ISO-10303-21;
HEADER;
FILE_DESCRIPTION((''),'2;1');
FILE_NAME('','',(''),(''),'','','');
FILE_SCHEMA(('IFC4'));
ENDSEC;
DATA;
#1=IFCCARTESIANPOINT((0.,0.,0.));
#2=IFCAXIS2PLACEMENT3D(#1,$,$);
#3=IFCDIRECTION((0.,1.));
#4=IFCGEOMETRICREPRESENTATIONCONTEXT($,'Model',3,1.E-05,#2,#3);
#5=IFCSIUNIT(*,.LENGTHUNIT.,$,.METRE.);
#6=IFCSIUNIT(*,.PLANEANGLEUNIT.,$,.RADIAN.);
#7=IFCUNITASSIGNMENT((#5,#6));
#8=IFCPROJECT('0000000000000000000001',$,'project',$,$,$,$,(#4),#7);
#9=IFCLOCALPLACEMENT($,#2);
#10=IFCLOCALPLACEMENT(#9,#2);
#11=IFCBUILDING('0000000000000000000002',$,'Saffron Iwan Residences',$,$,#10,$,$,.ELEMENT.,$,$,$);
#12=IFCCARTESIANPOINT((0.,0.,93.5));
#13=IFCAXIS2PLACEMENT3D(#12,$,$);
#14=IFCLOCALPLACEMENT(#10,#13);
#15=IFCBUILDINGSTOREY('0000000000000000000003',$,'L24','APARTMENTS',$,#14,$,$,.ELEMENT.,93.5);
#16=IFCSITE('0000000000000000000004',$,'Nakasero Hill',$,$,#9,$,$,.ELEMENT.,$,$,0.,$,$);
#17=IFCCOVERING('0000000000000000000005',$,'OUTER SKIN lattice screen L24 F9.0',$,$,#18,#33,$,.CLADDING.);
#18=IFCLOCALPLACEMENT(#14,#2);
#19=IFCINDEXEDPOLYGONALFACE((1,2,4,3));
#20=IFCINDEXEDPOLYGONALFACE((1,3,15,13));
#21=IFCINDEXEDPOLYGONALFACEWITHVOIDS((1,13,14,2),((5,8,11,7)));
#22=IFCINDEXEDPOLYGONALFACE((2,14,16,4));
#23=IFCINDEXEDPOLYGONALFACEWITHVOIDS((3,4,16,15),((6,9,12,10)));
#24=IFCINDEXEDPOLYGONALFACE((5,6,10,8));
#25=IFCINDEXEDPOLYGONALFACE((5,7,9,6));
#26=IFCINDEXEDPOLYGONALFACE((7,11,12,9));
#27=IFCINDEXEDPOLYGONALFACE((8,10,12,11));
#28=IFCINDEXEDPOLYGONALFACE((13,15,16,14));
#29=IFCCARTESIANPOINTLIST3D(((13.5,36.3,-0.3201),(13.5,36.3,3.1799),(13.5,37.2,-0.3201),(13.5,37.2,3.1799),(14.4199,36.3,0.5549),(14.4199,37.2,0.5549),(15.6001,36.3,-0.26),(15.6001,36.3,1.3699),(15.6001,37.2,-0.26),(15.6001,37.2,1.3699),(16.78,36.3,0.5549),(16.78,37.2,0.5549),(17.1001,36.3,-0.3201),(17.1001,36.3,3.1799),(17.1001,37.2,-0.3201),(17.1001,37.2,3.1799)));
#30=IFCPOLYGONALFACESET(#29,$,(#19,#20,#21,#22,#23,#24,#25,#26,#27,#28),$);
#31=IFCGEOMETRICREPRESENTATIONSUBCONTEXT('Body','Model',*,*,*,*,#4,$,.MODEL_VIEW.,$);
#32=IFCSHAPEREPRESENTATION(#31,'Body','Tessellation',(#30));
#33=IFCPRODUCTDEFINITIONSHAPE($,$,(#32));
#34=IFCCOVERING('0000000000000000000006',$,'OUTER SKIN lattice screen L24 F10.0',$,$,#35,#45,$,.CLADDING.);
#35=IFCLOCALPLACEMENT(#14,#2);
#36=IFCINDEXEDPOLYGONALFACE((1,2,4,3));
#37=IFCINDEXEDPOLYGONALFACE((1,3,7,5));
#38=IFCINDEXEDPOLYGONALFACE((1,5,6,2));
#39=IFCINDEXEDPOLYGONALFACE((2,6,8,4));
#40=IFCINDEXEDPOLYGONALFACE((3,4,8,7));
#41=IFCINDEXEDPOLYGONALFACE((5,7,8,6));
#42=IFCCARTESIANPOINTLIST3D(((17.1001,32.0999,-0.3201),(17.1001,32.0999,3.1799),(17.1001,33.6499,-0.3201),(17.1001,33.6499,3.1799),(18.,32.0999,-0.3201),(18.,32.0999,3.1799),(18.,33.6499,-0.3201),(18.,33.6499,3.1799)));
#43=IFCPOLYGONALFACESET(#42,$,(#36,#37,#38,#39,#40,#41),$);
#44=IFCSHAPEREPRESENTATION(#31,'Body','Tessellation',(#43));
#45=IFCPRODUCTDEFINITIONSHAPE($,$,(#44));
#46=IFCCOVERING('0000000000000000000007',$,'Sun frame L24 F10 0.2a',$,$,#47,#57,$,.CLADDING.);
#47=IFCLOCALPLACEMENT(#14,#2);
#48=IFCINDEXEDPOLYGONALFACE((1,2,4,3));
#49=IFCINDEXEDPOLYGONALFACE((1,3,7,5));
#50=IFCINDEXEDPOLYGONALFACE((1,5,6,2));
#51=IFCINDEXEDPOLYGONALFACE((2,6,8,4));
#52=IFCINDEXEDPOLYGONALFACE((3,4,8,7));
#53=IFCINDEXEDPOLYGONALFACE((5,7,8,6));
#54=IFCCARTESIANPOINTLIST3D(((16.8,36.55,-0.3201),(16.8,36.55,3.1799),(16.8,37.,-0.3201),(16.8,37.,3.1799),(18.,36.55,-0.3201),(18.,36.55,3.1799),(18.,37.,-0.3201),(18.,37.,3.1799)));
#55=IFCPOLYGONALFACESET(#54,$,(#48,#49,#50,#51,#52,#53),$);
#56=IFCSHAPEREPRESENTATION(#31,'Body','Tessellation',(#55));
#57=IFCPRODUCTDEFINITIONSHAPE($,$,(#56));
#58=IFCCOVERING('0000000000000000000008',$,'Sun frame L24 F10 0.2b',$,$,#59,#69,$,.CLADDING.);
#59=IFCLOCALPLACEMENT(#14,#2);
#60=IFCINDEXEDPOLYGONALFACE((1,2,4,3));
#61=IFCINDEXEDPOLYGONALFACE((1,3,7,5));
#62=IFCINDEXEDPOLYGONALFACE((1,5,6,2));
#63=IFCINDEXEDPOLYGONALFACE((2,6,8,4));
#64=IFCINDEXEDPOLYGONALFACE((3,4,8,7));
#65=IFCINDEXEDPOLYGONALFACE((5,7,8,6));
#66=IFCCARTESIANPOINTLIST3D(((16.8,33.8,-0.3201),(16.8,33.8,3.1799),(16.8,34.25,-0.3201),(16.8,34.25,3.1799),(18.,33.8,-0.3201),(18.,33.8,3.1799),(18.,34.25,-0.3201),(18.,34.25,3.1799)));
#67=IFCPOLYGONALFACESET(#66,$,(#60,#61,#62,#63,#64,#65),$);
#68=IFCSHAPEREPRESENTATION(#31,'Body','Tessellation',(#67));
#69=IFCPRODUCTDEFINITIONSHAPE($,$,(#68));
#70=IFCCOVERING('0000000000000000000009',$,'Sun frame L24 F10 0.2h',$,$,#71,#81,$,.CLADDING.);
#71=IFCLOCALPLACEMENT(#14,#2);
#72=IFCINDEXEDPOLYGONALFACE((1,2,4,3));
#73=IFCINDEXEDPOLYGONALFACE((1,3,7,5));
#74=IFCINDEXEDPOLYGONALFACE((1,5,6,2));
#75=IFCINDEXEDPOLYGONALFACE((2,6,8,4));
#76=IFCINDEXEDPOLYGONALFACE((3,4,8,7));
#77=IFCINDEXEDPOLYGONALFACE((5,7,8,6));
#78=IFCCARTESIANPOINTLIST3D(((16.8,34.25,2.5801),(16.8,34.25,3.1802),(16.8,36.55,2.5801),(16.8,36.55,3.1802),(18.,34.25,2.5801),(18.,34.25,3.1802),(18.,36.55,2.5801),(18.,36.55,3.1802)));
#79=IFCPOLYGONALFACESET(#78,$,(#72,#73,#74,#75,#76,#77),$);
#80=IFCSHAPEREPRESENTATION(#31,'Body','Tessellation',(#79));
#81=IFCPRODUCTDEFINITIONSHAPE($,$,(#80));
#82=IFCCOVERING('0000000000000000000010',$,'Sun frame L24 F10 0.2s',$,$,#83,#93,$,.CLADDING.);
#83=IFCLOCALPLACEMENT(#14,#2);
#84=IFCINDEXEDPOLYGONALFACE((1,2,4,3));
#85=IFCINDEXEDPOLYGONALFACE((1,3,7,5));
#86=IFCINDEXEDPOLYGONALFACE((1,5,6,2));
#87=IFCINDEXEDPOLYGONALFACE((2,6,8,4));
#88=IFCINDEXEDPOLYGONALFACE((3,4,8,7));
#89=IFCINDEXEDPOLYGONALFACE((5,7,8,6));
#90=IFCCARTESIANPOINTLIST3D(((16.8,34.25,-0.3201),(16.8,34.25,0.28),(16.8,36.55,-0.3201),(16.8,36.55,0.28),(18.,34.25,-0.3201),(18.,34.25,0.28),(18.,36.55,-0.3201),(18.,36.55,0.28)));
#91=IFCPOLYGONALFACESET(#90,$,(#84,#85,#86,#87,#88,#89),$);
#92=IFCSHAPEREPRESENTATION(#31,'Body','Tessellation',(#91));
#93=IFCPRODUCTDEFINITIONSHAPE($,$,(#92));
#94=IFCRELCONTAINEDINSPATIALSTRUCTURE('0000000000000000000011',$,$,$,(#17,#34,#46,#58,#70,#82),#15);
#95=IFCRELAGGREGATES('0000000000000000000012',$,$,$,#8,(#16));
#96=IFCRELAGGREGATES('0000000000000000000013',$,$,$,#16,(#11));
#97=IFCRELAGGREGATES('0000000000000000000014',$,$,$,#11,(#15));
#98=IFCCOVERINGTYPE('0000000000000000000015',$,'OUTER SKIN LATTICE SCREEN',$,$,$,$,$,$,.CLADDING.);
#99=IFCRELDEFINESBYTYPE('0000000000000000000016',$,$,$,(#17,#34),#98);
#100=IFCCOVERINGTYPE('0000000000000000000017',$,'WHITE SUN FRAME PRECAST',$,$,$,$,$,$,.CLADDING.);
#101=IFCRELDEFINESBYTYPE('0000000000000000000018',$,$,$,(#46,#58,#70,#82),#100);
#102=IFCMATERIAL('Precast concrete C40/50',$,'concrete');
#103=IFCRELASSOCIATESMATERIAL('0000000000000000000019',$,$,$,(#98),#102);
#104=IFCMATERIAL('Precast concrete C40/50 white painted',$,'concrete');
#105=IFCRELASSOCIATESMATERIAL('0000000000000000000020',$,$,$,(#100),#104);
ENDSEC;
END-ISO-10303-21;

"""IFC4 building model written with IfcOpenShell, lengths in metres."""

from ifc_helpers import new_model, si_unit, direction, frame, origin, place, context, subcontext, project, spatial, polyline, outline, extrude, material, type_object, element, save


model = new_model("IFC4")

# Units and contexts
model_context = context("Model", 3, precision=1e-05, world=origin(), true_north=direction((0.0, 1.0)))
body_context = subcontext(model_context, "Body", "Model", "MODEL_VIEW")
ifc_project = project(units=[si_unit("LENGTHUNIT", "METRE"), si_unit("PLANEANGLEUNIT", "RADIAN")], contexts=[model_context])

# Site, building, storey
site_placement = place(None, origin())
site = spatial("IfcSite", under=ifc_project, at=site_placement, Name="Nakasero Hill", CompositionType="ELEMENT", RefElevation=0.0)
building_placement = place(site_placement, origin())
building = spatial("IfcBuilding", under=site, at=building_placement, Name="Saffron Iwan Residences", CompositionType="ELEMENT")
storey_placement = place(building_placement, frame((0.0, 0.0, 93.5)))
storey = spatial("IfcBuildingStorey", under=building, at=storey_placement, Name="L24", Description="APARTMENTS", CompositionType="ELEMENT", Elevation=93.5)

# Coverings
ifc_material_1 = material(Name="Precast concrete C40/50", Category="concrete")
covering_type_1 = type_object("IfcCoveringType", Name="OUTER SKIN LATTICE SCREEN", PredefinedType="CLADDING", material=ifc_material_1)
covering_1_placement = place(storey_placement, frame((13.5, 37.2, -0.3201), z_axis=(0.0, -1.0, 0.0), x_axis=(1.0, 0.0, 0.0)))
element("IfcCovering", 1, at=covering_1_placement, inside=storey, type_object=covering_type_1, Name="OUTER SKIN lattice screen L24 F9.0", PredefinedType="CLADDING", context=body_context, shape_type="SweptSolid", body=[
    extrude(outline(polyline([(0.0, 0.0), (3.6001, 0.0), (3.6001, 3.5), (0.0, 3.5), (0.0, 0.0)]), holes=[polyline([(0.9199, 0.875), (2.1001, 0.0601), (3.28, 0.875), (2.1001, 1.6899), (0.9199, 0.875)])]), origin(), (0.0, 0.0, 1.0), 0.8999),
])
covering_2_placement = place(storey_placement, frame((18.0, 33.6499, -0.3201), z_axis=(-1.0, 0.0, 0.0), x_axis=(0.0, -1.0, 0.0)))
element("IfcCovering", 2, at=covering_2_placement, inside=storey, type_object=covering_type_1, Name="OUTER SKIN lattice screen L24 F10.0", PredefinedType="CLADDING", context=body_context, shape_type="SweptSolid", body=[
    extrude(outline(polyline([(0.0, 0.0), (1.55, 0.0), (1.55, 3.5), (0.0, 3.5), (0.0, 0.0)])), origin(), (0.0, 0.0, 1.0), 0.8999),
])
ifc_material_2 = material(Name="Precast concrete C40/50 white painted", Category="concrete")
covering_type_2 = type_object("IfcCoveringType", Name="WHITE SUN FRAME PRECAST", PredefinedType="CLADDING", material=ifc_material_2)
for number, where, z_axis, x_axis, name in (
    (3, (18.0, 37.0, -0.3201), (-1.0, 0.0, 0.0), (0.0, -1.0, 0.0), "Sun frame L24 F10 0.2a"),
    (4, (18.0, 34.25, -0.3201), (-1.0, 0.0, 0.0), (0.0, -1.0, 0.0), "Sun frame L24 F10 0.2b"),
):
    element("IfcCovering", number, at=place(storey_placement, frame(where, z_axis=z_axis, x_axis=x_axis)), inside=storey, type_object=covering_type_2, Name=name, PredefinedType="CLADDING", context=body_context, shape_type="SweptSolid", body=[
        extrude(outline(polyline([(0.0, 0.0), (0.45, 0.0), (0.45, 3.5), (0.0, 3.5), (0.0, 0.0)])), origin(), (0.0, 0.0, 1.0), 1.2),
    ])
for number, where, z_axis, x_axis, name in (
    (5, (18.0, 36.55, 2.5801), (-1.0, 0.0, 0.0), (0.0, -1.0, 0.0), "Sun frame L24 F10 0.2h"),
    (6, (18.0, 36.55, -0.3201), (-1.0, 0.0, 0.0), (0.0, -1.0, 0.0), "Sun frame L24 F10 0.2s"),
):
    element("IfcCovering", number, at=place(storey_placement, frame(where, z_axis=z_axis, x_axis=x_axis)), inside=storey, type_object=covering_type_2, Name=name, PredefinedType="CLADDING", context=body_context, shape_type="SweptSolid", body=[
        extrude(outline(polyline([(0.0, 0.0), (2.3, 0.0), (2.3, 0.6001), (0.0, 0.6001), (0.0, 0.0)])), origin(), (0.0, 0.0, 1.0), 1.2),
    ])

save(model, "model.ifc")
